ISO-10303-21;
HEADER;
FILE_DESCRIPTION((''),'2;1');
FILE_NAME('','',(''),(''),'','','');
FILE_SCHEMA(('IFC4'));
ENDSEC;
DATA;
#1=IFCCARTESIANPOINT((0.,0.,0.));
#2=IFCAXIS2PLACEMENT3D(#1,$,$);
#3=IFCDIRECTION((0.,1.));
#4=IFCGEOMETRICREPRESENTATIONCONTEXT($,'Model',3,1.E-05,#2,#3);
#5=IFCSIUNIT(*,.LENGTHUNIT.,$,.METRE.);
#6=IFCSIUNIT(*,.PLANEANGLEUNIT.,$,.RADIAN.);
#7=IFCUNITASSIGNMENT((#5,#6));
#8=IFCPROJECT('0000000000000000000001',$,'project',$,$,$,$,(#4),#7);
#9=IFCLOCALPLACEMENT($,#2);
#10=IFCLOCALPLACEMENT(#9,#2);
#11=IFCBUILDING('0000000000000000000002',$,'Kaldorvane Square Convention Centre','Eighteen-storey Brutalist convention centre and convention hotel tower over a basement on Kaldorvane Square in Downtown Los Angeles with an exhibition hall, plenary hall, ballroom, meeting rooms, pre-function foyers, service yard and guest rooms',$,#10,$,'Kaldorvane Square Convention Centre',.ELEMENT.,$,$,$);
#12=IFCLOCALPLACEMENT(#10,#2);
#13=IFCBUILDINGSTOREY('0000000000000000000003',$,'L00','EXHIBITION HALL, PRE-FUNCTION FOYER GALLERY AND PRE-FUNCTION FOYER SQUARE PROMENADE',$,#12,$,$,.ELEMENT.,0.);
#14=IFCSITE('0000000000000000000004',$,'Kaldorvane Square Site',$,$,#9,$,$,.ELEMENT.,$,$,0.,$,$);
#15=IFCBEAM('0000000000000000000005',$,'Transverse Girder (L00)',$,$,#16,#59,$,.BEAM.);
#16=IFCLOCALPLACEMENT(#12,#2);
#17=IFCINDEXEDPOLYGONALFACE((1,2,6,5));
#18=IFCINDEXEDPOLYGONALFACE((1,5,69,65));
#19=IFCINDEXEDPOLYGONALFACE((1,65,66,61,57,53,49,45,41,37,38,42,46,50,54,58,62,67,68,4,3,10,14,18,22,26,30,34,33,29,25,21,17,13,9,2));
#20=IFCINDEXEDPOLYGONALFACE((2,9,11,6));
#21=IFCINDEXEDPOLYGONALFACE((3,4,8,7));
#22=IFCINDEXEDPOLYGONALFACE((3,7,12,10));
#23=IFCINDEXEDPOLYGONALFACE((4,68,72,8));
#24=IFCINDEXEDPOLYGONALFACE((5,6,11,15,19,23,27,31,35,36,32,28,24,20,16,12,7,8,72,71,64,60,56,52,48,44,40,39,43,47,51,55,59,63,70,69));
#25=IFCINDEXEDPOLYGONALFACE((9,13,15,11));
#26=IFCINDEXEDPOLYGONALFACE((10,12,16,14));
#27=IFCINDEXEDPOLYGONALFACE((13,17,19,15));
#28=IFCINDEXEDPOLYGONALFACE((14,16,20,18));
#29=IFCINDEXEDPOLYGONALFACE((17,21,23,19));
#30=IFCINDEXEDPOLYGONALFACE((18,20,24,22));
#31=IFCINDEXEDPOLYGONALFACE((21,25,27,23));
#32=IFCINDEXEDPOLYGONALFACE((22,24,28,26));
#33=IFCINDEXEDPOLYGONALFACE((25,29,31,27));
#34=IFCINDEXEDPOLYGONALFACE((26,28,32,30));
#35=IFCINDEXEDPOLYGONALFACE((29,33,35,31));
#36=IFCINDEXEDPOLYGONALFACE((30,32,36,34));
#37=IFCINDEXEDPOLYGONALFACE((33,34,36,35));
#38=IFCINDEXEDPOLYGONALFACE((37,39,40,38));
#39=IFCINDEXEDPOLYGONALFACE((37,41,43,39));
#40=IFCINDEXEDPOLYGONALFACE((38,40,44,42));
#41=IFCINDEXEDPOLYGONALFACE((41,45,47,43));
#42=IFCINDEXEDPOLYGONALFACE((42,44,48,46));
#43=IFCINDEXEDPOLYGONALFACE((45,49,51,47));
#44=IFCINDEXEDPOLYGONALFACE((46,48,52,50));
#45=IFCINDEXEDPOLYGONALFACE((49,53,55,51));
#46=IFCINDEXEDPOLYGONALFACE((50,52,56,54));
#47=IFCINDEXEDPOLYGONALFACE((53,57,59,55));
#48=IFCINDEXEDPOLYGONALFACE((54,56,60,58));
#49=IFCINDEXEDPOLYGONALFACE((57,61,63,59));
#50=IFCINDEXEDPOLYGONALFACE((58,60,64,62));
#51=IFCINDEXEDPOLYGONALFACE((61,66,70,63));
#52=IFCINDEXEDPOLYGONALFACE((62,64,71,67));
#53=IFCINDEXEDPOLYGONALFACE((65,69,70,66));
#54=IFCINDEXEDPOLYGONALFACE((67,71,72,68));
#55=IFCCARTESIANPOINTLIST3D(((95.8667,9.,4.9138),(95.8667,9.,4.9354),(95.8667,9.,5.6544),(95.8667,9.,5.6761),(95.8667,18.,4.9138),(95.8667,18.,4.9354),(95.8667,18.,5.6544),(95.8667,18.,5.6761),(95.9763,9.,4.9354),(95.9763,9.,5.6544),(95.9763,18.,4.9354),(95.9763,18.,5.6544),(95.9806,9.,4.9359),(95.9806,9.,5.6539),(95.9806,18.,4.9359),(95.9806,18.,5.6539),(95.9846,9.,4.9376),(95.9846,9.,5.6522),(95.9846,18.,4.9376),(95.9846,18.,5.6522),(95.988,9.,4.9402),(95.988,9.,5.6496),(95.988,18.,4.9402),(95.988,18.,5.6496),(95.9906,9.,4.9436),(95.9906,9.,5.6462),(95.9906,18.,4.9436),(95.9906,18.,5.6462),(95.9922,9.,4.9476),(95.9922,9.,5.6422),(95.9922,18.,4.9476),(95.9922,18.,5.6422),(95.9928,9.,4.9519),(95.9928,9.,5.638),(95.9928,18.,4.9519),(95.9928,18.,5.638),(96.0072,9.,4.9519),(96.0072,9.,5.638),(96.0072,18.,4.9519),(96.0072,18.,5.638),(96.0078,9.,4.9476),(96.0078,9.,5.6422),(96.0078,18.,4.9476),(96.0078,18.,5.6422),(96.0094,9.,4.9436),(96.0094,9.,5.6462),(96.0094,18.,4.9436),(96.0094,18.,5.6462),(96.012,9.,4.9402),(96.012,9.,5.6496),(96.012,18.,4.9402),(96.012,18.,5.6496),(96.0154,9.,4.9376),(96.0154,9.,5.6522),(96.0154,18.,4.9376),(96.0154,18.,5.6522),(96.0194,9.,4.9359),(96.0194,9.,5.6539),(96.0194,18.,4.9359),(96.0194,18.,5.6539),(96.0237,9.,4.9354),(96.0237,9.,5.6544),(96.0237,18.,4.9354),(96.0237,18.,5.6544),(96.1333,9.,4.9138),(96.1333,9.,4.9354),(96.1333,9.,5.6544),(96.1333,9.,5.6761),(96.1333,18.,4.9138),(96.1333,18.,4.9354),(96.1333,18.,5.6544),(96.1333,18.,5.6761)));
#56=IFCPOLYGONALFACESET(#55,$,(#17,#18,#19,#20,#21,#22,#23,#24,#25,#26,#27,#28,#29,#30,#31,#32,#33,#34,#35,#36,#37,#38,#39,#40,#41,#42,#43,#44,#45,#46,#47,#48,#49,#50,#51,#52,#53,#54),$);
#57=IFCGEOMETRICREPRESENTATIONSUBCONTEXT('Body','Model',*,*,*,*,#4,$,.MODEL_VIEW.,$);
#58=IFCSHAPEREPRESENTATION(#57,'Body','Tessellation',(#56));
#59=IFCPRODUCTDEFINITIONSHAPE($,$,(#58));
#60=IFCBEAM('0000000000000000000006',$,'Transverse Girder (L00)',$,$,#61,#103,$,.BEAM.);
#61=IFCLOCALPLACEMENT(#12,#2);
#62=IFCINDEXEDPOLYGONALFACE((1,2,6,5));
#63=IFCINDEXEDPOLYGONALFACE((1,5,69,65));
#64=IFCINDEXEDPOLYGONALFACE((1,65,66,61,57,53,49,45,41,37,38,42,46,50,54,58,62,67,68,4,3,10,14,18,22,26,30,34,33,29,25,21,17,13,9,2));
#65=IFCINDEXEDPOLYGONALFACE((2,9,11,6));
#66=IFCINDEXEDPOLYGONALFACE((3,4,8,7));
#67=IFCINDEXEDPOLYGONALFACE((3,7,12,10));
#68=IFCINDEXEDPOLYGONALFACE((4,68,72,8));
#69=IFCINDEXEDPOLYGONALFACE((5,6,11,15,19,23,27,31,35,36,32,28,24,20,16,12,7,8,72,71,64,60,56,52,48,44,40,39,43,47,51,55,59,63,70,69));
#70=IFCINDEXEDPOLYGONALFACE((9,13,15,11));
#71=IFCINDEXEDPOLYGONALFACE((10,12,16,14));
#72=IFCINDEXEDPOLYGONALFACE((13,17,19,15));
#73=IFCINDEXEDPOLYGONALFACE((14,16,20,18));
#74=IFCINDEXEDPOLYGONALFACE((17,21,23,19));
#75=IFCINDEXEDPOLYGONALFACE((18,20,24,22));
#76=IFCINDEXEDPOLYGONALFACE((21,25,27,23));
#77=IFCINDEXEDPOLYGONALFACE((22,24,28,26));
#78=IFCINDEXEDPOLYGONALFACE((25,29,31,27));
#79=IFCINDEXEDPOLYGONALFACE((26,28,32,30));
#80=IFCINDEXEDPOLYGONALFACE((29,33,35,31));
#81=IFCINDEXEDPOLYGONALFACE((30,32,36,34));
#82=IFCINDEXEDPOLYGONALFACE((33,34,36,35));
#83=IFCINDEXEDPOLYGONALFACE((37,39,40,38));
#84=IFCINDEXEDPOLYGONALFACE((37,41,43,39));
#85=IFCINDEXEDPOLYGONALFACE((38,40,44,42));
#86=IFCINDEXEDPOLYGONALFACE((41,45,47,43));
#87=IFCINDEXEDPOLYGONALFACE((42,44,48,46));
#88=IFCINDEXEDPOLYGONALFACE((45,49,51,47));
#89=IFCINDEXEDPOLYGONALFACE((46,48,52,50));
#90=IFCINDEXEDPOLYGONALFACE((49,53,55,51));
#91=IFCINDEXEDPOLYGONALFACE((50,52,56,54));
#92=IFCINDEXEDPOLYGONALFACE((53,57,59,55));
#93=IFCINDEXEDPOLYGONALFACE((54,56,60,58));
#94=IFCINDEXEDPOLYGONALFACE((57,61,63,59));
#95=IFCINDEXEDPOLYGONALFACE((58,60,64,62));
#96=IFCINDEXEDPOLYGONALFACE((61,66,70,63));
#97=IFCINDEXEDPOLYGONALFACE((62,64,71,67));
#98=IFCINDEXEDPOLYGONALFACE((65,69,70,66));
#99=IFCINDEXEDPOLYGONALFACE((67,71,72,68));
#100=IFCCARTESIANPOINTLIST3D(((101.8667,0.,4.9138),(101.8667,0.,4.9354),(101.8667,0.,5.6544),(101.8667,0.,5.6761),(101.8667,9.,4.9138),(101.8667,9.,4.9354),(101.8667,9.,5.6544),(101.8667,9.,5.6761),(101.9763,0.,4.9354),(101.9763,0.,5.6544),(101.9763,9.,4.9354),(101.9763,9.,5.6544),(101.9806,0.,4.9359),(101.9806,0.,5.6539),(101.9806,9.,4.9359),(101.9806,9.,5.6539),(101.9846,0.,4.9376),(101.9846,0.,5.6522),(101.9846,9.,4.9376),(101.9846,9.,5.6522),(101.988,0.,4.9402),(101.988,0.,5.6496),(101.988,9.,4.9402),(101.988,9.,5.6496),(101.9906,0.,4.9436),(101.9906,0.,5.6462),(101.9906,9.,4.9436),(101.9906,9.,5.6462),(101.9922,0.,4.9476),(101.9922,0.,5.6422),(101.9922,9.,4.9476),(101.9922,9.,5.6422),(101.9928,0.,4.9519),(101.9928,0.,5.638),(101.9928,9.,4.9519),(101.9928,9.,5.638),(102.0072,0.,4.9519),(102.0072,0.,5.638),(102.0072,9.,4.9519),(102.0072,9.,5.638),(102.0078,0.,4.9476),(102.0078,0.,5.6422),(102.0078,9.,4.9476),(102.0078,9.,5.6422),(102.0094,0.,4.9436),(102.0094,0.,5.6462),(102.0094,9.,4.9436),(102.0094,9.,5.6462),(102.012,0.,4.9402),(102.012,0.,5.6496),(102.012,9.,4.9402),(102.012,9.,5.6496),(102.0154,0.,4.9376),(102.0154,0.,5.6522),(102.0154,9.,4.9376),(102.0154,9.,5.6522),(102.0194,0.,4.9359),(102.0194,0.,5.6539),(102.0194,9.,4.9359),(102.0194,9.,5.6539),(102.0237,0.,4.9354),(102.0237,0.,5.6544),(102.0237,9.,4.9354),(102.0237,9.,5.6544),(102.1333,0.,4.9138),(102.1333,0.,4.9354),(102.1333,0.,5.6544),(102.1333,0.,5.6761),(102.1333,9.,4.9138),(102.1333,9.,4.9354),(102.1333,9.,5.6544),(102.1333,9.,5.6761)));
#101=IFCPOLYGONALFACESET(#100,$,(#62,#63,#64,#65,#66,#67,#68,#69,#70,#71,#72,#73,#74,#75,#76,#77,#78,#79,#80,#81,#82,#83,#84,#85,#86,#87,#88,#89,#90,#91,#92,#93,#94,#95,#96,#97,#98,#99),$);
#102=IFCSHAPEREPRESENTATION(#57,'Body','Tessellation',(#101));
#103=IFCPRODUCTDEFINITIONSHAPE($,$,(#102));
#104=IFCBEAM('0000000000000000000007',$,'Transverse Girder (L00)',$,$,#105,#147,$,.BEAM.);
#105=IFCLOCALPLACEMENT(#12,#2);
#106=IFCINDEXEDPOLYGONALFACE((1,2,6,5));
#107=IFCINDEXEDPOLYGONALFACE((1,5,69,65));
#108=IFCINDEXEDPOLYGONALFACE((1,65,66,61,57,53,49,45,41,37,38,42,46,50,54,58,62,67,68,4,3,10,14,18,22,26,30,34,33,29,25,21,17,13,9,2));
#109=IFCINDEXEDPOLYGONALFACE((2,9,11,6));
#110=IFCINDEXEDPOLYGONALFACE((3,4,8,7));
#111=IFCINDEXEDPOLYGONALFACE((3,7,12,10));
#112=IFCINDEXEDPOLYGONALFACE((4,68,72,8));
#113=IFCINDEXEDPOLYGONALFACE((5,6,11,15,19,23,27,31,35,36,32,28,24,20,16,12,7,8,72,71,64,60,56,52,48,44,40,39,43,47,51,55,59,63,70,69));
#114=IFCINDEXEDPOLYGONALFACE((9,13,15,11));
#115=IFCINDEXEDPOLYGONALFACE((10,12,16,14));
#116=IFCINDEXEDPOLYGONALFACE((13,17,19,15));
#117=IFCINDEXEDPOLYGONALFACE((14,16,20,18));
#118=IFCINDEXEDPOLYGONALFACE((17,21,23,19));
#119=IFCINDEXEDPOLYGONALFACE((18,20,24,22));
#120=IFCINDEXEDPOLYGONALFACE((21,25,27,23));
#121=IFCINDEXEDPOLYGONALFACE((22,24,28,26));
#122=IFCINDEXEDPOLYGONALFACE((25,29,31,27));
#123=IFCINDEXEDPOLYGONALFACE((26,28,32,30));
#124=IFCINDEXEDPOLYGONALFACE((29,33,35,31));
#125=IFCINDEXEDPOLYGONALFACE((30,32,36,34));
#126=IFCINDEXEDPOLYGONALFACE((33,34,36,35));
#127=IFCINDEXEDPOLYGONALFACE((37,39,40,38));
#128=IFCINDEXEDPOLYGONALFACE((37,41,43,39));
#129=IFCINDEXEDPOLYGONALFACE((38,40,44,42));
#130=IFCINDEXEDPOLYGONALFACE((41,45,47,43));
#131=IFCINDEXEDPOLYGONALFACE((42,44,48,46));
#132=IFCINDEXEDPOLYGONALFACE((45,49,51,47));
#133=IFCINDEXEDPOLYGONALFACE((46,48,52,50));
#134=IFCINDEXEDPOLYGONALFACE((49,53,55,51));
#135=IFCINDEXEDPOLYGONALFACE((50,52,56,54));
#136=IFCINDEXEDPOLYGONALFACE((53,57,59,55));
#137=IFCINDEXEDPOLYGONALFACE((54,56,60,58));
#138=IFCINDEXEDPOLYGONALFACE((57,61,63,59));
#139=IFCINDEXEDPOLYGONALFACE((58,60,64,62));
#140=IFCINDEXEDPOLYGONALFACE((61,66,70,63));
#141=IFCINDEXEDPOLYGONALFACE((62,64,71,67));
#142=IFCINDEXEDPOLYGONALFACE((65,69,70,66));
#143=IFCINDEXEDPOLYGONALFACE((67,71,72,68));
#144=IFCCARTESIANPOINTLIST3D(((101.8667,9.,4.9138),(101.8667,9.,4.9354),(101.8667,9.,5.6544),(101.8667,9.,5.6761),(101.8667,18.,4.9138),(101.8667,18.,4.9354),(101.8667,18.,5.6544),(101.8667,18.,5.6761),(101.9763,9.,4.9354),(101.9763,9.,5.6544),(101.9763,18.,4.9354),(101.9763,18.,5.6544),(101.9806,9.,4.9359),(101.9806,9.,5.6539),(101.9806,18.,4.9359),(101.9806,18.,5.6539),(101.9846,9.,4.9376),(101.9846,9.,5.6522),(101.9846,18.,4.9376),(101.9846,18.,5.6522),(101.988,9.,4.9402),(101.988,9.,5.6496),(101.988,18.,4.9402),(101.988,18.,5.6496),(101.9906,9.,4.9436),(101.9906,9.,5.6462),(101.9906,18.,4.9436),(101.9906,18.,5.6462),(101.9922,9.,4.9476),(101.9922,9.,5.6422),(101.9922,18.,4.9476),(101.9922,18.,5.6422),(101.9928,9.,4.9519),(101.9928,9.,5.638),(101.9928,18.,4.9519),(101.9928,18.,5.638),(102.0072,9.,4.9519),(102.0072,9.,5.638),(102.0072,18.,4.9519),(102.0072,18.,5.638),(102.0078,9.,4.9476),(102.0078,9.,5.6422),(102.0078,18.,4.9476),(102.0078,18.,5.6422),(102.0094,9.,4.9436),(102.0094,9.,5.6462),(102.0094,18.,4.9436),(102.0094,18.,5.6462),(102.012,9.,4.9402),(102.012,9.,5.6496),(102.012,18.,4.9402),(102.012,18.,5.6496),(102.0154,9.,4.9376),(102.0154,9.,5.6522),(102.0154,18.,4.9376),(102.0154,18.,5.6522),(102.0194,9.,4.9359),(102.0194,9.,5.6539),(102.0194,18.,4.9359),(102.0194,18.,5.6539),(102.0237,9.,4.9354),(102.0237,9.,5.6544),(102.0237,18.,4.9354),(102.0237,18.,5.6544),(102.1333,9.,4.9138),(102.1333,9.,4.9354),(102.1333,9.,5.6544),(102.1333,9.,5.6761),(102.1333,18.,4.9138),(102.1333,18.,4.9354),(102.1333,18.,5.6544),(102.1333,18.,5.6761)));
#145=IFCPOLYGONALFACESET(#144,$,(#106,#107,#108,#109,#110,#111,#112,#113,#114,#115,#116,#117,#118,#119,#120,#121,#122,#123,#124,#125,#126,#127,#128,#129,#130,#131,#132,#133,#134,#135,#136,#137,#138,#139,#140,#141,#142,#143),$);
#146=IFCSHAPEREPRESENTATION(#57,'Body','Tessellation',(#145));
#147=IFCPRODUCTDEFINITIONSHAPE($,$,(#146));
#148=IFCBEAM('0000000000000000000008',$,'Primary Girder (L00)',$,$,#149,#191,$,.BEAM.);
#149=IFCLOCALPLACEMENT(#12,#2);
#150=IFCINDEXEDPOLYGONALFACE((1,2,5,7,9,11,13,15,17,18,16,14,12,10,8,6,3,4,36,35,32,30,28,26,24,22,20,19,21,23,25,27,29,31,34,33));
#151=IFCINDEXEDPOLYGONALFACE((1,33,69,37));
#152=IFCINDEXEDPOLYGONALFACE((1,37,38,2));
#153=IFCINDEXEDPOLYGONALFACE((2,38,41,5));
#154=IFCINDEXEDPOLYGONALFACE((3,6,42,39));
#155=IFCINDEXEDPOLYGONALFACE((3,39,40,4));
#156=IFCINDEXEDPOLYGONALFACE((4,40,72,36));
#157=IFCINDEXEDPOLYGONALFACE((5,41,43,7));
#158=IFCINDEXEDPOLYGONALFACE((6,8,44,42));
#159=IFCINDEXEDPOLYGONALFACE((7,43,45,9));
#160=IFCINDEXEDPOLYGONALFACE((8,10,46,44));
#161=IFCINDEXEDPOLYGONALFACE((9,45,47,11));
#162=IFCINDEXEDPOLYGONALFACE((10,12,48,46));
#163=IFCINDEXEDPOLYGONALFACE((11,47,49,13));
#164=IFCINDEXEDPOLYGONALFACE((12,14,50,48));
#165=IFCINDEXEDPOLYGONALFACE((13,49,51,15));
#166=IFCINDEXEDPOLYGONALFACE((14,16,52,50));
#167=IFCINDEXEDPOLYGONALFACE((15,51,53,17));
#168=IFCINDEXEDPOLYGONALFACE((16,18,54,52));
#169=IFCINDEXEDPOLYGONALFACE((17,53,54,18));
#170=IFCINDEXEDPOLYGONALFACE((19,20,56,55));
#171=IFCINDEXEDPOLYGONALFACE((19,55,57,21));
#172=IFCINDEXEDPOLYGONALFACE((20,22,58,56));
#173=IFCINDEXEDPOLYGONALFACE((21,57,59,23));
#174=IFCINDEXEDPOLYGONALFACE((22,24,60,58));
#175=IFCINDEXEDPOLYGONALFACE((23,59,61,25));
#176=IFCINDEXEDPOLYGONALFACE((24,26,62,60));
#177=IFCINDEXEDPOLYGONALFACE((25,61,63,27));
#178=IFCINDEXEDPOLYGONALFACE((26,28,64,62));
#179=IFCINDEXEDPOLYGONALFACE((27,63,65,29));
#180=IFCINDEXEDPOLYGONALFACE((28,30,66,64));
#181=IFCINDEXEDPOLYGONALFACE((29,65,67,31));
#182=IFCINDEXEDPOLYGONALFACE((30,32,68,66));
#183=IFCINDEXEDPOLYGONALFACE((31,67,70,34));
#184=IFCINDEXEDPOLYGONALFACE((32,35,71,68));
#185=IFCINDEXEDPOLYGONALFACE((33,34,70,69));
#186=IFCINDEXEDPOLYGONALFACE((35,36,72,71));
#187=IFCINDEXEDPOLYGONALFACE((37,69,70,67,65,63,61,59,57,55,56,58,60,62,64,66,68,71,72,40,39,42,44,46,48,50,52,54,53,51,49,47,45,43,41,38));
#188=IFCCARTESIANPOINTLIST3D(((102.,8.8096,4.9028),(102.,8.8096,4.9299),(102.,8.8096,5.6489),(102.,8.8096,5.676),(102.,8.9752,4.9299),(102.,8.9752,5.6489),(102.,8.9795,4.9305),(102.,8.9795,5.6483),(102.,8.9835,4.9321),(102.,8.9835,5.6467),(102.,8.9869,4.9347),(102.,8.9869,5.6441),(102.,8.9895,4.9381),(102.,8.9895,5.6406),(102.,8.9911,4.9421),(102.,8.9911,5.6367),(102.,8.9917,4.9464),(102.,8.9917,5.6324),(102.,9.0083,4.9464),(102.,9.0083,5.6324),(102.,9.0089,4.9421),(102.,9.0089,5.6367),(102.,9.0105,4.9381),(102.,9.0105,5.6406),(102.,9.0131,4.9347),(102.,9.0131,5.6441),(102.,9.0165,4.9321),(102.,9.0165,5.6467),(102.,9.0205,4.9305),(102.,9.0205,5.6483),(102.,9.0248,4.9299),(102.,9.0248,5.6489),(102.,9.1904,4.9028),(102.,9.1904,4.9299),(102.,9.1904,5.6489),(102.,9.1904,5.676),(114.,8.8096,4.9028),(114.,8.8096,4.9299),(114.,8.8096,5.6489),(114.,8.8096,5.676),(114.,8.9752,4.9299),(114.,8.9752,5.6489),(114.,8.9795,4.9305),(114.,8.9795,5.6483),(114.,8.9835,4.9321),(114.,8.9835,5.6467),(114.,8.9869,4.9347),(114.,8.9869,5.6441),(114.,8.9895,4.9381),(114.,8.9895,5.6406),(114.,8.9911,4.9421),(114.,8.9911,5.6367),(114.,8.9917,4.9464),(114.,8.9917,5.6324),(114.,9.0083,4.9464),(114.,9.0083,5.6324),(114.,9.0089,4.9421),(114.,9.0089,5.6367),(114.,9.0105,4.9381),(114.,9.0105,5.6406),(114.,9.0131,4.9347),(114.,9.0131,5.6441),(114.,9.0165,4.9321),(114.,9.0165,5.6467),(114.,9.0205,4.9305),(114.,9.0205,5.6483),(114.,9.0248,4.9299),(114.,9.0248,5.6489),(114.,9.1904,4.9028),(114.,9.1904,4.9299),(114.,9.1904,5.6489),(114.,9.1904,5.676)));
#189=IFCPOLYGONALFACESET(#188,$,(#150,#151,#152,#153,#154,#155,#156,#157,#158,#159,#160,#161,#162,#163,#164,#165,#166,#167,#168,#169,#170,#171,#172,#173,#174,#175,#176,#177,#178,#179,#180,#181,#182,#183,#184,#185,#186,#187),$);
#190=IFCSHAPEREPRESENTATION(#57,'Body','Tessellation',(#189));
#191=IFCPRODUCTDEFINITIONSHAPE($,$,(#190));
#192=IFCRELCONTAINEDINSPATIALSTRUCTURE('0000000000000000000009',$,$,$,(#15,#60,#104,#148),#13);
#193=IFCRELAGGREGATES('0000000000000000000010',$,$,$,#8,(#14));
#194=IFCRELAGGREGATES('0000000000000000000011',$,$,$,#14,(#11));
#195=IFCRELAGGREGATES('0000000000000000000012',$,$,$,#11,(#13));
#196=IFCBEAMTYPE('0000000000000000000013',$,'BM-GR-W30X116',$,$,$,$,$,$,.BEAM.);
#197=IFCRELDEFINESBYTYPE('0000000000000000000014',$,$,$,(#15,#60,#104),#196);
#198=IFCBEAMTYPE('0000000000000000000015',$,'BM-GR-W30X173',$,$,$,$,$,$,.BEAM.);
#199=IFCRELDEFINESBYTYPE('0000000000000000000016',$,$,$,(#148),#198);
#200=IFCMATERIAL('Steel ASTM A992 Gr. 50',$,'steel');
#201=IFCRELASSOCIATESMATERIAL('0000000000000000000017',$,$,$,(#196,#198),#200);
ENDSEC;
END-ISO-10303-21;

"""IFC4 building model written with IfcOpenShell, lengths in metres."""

from ifc_helpers import new_model, si_unit, direction, frame, origin, origin_2d, place, context, subcontext, project, spatial, i_section, extrude, material, material_profile, profile_set, type_object, element, save


model = new_model("IFC4")

# Units and contexts
model_context = context("Model", 3, precision=1e-05, world=origin(), true_north=direction((0.0, 1.0)))
body_context = subcontext(model_context, "Body", "Model", "MODEL_VIEW")
ifc_project = project(units=[si_unit("LENGTHUNIT", "METRE"), si_unit("PLANEANGLEUNIT", "RADIAN")], contexts=[model_context])

# Site, building, storey
site_placement = place(None, origin())
site = spatial("IfcSite", under=ifc_project, at=site_placement, Name="Kaldorvane Square Site", CompositionType="ELEMENT", RefElevation=0.0)
building_placement = place(site_placement, origin())
building = spatial("IfcBuilding", under=site, at=building_placement, Name="Kaldorvane Square Convention Centre", Description="Eighteen-storey Brutalist convention centre and convention hotel tower over a basement on Kaldorvane Square in Downtown Los Angeles with an exhibition hall, plenary hall, ballroom, meeting rooms, pre-function foyers, service yard and guest rooms", LongName="Kaldorvane Square Convention Centre", CompositionType="ELEMENT")
storey_placement = place(building_placement, origin())
storey = spatial("IfcBuildingStorey", under=building, at=storey_placement, Name="L00", Description="EXHIBITION HALL, PRE-FUNCTION FOYER GALLERY AND PRE-FUNCTION FOYER SQUARE PROMENADE", CompositionType="ELEMENT", Elevation=0.0)

# Shared definitions
ifc_material_1 = material(Name="Steel ASTM A992 Gr. 50", Category="steel")

# Beams
ifc_material_profile_1 = material_profile(ifc_material_1, i_section(OverallWidth=0.2666, OverallDepth=0.7623, WebThickness=0.0144, FlangeThickness=0.0216, FilletRadius=0.0165, at=origin_2d()), Name="W30X116")
ifc_profile_set_1 = profile_set([ifc_material_profile_1], Name="Steel ASTM A992 Gr. 50")
beam_type_1 = type_object("IfcBeamType", Name="BM-GR-W30X116", PredefinedType="BEAM", material=ifc_profile_set_1)
for number, where, z_axis, x_axis, name in (
    (1, (96.0, 9.0, 5.2949), (0.0, 1.0, 0.0), (-1.0, 0.0, 0.0), "Transverse Girder (L00)"),
    (2, (102.0, 0.0, 5.2949), (0.0, 1.0, 0.0), (-1.0, 0.0, 0.0), "Transverse Girder (L00)"),
    (3, (102.0, 9.0, 5.2949), (0.0, 1.0, 0.0), (-1.0, 0.0, 0.0), "Transverse Girder (L00)"),
):
    element("IfcBeam", number, at=place(storey_placement, frame(where, z_axis=z_axis, x_axis=x_axis)), inside=storey, type_object=beam_type_1, Name=name, PredefinedType="BEAM", context=body_context, shape_type="SweptSolid", body=[
        extrude(i_section(OverallWidth=0.2666, OverallDepth=0.7623, WebThickness=0.0144, FlangeThickness=0.0216, FilletRadius=0.0165, at=origin_2d()), origin(), (0.0, 0.0, 1.0), 9.0),
    ])
ifc_material_profile_2 = material_profile(ifc_material_1, i_section(OverallWidth=0.3807, OverallDepth=0.7732, WebThickness=0.0166, FlangeThickness=0.0271, FilletRadius=0.0165, at=origin_2d()), Name="W30X173")
ifc_profile_set_2 = profile_set([ifc_material_profile_2], Name="Steel ASTM A992 Gr. 50")
beam_type_2 = type_object("IfcBeamType", Name="BM-GR-W30X173", PredefinedType="BEAM", material=ifc_profile_set_2)
beam_1_placement = place(storey_placement, frame((102.0, 9.0, 5.2894), z_axis=(1.0, 0.0, 0.0), x_axis=(0.0, 1.0, 0.0)))
element("IfcBeam", 4, at=beam_1_placement, inside=storey, type_object=beam_type_2, Name="Primary Girder (L00)", PredefinedType="BEAM", context=body_context, shape_type="SweptSolid", body=[
    extrude(i_section(OverallWidth=0.3807, OverallDepth=0.7732, WebThickness=0.0166, FlangeThickness=0.0271, FilletRadius=0.0165, at=origin_2d()), origin(), (0.0, 0.0, 1.0), 12.0),
])

save(model, "model.ifc")
